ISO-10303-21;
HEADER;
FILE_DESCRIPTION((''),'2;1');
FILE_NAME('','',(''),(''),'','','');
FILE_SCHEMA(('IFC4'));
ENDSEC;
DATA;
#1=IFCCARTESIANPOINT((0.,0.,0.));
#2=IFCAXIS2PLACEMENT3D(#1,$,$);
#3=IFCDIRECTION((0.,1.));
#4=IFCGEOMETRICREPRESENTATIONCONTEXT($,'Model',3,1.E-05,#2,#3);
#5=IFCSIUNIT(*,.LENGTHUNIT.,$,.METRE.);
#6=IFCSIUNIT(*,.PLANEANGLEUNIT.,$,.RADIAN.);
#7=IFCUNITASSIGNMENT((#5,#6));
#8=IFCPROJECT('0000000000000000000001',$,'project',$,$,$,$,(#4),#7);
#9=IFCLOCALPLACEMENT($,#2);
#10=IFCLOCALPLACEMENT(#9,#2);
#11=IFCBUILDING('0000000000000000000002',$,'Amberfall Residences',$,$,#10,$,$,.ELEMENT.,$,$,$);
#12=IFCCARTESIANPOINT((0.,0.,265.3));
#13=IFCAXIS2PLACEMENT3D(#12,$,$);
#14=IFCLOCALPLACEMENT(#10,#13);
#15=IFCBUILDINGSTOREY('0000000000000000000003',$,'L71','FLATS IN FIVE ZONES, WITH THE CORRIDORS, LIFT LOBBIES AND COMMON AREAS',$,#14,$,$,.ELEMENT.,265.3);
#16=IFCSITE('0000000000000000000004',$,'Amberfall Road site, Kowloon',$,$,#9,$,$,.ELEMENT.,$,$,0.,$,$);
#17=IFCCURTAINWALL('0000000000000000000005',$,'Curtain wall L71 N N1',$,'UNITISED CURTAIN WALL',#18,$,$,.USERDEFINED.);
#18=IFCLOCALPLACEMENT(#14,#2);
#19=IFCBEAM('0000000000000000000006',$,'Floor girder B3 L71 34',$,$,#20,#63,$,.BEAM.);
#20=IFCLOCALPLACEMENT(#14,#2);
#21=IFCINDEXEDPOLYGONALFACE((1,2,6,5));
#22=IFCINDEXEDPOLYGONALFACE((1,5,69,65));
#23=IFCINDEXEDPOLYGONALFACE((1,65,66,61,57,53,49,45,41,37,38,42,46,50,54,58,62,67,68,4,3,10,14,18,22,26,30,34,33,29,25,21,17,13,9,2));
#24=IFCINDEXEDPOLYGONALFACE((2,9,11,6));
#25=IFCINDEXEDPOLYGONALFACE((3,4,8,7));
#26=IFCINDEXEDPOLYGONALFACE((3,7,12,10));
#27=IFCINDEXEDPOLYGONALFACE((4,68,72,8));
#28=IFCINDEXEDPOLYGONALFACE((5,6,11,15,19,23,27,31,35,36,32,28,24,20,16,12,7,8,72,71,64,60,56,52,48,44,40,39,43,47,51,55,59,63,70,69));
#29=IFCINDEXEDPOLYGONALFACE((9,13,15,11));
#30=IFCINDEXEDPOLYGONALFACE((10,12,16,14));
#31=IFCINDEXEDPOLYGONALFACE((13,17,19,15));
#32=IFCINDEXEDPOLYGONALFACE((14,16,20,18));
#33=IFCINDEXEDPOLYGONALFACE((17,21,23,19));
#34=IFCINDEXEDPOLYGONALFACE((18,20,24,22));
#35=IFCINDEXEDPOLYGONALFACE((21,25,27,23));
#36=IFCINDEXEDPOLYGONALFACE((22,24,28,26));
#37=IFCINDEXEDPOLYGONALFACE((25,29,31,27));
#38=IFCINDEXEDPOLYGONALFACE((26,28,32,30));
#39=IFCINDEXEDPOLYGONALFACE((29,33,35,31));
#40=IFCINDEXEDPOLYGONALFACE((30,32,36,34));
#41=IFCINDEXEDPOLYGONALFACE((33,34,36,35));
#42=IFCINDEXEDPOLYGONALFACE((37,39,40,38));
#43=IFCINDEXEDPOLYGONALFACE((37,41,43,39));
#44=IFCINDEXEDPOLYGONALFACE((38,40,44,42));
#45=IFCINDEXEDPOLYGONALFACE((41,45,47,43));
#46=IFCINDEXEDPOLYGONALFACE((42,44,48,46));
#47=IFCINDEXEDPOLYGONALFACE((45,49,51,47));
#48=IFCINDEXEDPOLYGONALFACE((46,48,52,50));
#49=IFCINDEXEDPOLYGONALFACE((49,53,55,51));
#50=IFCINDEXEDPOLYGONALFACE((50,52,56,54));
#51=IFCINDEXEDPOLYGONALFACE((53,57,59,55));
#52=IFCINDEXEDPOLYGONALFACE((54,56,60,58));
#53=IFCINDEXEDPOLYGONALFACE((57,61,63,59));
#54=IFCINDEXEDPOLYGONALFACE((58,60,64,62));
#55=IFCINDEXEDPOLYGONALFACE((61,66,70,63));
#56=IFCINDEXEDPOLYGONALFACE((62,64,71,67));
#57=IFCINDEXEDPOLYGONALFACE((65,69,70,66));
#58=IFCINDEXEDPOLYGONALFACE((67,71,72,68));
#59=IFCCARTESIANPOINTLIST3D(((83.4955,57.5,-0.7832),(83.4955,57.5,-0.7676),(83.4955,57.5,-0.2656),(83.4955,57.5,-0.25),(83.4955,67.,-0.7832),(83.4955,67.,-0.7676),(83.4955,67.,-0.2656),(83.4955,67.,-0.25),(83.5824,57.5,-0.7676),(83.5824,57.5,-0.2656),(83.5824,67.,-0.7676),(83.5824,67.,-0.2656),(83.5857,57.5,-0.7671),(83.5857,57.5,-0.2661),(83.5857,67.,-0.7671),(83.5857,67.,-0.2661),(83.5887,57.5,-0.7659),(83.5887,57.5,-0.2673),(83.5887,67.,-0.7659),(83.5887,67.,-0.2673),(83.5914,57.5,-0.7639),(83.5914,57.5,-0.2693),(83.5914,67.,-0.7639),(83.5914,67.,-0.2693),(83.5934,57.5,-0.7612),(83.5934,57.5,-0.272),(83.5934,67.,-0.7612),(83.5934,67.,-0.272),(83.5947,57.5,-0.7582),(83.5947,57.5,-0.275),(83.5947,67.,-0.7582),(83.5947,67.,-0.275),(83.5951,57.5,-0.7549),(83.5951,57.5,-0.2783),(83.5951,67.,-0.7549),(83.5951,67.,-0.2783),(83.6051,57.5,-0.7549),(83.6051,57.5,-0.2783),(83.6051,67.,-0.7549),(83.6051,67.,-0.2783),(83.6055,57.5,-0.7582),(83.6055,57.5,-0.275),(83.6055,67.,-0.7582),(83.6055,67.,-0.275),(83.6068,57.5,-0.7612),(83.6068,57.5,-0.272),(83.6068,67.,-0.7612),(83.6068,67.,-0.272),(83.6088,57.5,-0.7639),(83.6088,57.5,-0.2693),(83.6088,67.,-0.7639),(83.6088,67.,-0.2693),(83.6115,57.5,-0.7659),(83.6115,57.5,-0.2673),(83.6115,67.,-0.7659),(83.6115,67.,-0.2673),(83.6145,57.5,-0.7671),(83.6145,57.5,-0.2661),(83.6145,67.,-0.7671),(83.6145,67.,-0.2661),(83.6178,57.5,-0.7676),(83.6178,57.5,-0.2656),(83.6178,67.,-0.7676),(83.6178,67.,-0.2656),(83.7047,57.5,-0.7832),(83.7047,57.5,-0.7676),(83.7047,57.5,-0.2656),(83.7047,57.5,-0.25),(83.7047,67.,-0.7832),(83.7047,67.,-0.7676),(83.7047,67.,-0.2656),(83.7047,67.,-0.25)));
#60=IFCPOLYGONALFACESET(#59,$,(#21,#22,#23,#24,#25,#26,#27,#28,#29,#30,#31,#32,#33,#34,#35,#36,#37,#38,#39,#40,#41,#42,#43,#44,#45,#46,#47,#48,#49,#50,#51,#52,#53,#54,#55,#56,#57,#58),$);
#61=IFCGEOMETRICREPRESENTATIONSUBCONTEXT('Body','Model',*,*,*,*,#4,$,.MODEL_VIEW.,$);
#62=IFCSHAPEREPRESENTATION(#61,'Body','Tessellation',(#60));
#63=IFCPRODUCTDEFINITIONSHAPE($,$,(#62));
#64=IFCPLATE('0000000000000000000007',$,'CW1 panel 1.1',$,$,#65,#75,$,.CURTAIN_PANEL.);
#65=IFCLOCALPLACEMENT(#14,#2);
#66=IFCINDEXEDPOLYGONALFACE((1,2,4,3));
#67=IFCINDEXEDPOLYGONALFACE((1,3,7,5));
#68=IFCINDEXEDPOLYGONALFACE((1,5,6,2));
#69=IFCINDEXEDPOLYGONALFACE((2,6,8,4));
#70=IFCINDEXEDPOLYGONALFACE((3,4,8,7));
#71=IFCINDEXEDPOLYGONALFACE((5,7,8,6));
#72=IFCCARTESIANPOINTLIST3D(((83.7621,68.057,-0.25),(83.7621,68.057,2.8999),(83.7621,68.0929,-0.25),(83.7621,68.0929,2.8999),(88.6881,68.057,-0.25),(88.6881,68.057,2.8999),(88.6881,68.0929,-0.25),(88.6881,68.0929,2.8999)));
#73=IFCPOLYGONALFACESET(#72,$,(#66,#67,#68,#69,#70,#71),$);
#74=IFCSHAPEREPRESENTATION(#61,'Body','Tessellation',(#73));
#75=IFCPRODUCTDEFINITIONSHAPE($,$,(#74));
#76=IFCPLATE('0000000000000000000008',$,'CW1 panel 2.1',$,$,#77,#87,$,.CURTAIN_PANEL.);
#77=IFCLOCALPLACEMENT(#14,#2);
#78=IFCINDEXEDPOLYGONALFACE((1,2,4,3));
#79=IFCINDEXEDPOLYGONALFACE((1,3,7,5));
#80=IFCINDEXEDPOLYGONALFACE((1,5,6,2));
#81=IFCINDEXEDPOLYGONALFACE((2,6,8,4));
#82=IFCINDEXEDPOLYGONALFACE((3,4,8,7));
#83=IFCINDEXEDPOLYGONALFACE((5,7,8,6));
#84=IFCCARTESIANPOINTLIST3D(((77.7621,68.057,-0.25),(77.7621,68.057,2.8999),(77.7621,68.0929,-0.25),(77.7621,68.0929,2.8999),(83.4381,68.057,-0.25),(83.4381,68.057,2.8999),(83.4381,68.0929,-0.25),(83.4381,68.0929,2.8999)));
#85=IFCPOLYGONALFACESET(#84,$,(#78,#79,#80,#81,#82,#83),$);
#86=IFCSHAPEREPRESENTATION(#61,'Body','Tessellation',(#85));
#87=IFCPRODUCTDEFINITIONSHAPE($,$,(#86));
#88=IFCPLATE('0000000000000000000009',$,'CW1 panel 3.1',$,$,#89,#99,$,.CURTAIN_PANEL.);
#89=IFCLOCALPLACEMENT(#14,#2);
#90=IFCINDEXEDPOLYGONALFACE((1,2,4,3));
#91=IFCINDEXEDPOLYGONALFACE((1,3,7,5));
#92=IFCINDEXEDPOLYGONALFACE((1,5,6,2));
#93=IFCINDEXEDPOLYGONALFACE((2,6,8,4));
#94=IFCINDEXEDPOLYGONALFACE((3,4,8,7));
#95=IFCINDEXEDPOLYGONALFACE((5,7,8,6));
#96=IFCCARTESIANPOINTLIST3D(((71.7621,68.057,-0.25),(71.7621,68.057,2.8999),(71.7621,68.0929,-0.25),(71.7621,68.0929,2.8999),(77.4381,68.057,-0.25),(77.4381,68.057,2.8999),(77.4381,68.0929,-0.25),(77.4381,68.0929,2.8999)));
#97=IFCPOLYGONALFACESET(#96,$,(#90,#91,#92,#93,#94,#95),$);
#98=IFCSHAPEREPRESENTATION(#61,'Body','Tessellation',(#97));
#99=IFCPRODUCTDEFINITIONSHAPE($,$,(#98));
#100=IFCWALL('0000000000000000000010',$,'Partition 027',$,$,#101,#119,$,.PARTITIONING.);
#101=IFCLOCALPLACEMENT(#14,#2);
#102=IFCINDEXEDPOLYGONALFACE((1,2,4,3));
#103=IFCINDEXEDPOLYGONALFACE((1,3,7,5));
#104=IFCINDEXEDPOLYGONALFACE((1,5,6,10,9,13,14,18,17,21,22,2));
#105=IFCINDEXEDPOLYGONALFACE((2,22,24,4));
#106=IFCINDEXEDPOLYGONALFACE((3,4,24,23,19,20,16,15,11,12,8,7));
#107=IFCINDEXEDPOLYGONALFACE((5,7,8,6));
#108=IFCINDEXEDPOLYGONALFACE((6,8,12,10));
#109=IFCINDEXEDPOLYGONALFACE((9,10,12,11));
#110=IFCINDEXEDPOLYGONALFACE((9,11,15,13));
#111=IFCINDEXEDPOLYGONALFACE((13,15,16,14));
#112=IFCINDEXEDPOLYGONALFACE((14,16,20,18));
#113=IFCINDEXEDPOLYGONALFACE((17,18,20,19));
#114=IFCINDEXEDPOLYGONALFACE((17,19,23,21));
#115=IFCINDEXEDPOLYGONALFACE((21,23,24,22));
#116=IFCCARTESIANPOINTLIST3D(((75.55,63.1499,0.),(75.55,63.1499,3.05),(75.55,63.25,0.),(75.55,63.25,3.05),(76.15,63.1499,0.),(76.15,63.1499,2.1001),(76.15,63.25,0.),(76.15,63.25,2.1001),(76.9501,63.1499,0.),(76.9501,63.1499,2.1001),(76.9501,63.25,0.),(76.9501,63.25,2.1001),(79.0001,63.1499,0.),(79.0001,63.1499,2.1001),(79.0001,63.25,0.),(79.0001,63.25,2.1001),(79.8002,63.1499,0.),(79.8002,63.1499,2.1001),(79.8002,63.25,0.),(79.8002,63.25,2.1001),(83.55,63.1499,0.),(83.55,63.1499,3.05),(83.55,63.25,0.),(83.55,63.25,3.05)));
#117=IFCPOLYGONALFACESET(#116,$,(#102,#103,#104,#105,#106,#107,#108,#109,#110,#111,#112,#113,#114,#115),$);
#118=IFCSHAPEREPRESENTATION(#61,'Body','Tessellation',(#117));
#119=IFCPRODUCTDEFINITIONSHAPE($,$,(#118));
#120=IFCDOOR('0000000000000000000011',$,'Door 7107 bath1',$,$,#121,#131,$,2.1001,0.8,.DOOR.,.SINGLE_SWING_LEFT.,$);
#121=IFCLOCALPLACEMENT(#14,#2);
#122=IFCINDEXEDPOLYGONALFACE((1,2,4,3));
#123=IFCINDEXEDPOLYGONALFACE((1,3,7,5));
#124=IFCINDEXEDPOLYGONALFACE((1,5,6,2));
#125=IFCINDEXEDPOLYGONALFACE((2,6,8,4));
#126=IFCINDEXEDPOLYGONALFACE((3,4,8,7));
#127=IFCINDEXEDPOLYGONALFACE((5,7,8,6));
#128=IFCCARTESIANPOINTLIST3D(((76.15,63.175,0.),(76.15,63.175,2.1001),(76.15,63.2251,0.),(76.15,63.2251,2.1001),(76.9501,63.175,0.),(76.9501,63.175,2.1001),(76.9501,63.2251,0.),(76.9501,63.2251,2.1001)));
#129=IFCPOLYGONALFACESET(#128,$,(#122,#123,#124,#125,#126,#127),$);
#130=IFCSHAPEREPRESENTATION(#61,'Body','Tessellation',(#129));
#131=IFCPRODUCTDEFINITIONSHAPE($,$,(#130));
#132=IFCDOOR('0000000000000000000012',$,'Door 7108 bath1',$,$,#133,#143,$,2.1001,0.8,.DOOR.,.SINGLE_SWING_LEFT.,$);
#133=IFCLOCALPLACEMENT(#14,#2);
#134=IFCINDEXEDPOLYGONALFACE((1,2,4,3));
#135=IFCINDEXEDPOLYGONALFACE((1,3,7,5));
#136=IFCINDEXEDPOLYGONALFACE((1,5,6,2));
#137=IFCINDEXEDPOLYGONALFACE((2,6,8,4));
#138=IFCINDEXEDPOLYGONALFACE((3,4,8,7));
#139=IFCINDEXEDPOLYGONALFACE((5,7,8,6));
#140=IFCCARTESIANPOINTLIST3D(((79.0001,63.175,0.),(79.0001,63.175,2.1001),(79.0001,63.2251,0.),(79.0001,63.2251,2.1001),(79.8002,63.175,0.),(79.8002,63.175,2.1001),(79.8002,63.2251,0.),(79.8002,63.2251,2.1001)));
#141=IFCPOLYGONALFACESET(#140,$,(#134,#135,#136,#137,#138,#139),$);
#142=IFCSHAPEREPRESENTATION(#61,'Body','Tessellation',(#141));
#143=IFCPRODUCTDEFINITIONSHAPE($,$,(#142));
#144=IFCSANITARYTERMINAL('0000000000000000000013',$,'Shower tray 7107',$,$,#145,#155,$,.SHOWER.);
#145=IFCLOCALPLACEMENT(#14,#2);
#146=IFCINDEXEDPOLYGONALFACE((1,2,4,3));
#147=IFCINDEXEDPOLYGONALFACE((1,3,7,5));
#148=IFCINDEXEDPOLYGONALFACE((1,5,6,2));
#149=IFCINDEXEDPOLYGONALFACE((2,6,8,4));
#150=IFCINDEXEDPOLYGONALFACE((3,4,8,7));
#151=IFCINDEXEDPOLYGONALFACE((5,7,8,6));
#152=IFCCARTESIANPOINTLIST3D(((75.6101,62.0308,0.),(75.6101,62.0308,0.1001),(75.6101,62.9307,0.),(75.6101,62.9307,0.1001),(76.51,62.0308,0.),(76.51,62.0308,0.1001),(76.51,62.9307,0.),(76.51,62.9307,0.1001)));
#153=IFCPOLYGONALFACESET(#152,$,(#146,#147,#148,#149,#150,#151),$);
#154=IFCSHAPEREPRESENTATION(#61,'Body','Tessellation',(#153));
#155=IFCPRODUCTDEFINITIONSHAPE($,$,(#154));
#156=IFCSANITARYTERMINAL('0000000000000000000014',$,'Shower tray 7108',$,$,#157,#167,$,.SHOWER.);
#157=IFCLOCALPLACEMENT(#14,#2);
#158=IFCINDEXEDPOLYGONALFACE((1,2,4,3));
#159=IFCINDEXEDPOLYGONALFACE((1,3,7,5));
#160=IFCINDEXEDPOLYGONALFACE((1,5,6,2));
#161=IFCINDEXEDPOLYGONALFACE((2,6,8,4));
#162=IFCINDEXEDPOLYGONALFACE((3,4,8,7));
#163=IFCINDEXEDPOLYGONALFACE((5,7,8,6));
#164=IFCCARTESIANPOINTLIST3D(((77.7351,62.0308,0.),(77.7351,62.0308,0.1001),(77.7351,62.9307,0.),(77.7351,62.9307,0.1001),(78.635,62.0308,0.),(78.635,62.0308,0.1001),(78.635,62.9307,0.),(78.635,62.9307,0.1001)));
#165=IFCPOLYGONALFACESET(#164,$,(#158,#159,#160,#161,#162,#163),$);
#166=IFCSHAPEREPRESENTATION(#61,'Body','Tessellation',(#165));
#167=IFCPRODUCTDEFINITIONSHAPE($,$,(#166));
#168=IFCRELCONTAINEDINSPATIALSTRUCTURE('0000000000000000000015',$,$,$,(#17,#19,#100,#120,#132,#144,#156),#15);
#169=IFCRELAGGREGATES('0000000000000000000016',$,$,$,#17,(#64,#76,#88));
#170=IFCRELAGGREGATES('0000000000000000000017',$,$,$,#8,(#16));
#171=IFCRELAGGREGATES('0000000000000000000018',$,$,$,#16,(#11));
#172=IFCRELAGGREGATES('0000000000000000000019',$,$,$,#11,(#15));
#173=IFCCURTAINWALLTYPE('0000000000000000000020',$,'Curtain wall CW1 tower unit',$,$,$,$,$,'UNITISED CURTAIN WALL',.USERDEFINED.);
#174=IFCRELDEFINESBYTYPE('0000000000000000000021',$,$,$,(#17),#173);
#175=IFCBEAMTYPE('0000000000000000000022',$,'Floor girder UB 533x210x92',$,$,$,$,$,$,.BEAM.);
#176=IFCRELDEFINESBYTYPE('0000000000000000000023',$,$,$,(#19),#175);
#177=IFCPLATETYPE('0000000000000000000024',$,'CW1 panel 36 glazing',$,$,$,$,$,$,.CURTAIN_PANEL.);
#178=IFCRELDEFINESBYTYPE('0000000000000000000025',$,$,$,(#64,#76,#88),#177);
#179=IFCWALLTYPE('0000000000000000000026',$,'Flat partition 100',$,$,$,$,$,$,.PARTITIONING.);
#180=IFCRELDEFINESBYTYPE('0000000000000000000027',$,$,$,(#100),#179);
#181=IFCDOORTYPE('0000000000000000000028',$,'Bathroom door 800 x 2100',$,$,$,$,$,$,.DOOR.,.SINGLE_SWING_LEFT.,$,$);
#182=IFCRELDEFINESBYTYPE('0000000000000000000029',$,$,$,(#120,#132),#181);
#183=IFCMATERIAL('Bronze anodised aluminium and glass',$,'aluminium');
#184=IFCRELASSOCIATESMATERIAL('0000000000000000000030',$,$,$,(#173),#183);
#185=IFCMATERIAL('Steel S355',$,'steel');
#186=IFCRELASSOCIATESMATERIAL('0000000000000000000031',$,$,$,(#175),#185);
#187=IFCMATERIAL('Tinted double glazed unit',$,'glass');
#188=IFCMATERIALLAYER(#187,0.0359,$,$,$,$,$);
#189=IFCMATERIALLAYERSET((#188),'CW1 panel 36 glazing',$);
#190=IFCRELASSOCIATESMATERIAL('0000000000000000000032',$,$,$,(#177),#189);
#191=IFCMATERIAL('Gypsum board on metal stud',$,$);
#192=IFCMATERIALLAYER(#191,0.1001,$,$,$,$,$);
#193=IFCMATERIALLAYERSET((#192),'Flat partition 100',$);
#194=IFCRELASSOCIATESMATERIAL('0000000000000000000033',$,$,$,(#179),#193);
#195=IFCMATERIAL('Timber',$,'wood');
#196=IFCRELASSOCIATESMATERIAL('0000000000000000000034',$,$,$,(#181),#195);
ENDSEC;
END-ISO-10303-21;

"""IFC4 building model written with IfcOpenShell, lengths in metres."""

from ifc_helpers import new_model, si_unit, direction, frame, frame_2d, origin, origin_2d, place, context, subcontext, project, spatial, rectangle, i_section, extrude, material, layer, layer_set, material_profile, profile_set, type_object, element, fill, aggregate, save


model = new_model("IFC4")

# Units and contexts
model_context = context("Model", 3, precision=1e-05, world=origin(), true_north=direction((0.0, 1.0)))
body_context = subcontext(model_context, "Body", "Model", "MODEL_VIEW")
ifc_project = project(units=[si_unit("LENGTHUNIT", "METRE"), si_unit("PLANEANGLEUNIT", "RADIAN")], contexts=[model_context])

# Site, building, storey
site_placement = place(None, origin())
site = spatial("IfcSite", under=ifc_project, at=site_placement, Name="Amberfall Road site, Kowloon", CompositionType="ELEMENT", RefElevation=0.0)
building_placement = place(site_placement, origin())
building = spatial("IfcBuilding", under=site, at=building_placement, Name="Amberfall Residences", CompositionType="ELEMENT")
storey_placement = place(building_placement, frame((0.0, 0.0, 265.3)))
storey = spatial("IfcBuildingStorey", under=building, at=storey_placement, Name="L71", Description="FLATS IN FIVE ZONES, WITH THE CORRIDORS, LIFT LOBBIES AND COMMON AREAS", CompositionType="ELEMENT", Elevation=265.3)

# Curtain wall
ifc_material_1 = material(Name="Bronze anodised aluminium and glass", Category="aluminium")
curtain_wall_type = type_object("IfcCurtainWallType", Name="Curtain wall CW1 tower unit", ElementType="UNITISED CURTAIN WALL", PredefinedType="USERDEFINED", material=ifc_material_1)
curtain_wall_placement = place(storey_placement, origin())
curtain_wall = element("IfcCurtainWall", 1, at=curtain_wall_placement, inside=storey, type_object=curtain_wall_type, Name="Curtain wall L71 N N1", ObjectType="UNITISED CURTAIN WALL", PredefinedType="USERDEFINED")

# Shared definitions
ifc_material_2 = material(Name="Steel S355", Category="steel")

# Beam
ifc_material_profile_1 = material_profile(ifc_material_2, i_section(OverallWidth=0.2092, OverallDepth=0.5332, WebThickness=0.01, FlangeThickness=0.0156, FilletRadius=0.0127, at=origin_2d()), Name="UB 533x210x92")
ifc_profile_set_1 = profile_set([ifc_material_profile_1], Name="Steel S355")
beam_type_1 = type_object("IfcBeamType", Name="Floor girder UB 533x210x92", PredefinedType="BEAM", material=ifc_profile_set_1)
for number, where, z_axis, x_axis, name in (
    (2, (83.6001, 67.0, -0.5166), (0.0, -1.0, 0.0), (1.0, 0.0, 0.0), "Floor girder B3 L71 34"),
):
    element("IfcBeam", number, at=place(storey_placement, frame(where, z_axis=z_axis, x_axis=x_axis)), inside=storey, type_object=beam_type_1, Name=name, PredefinedType="BEAM", context=body_context, shape_type="SweptSolid", body=[
        extrude(i_section(OverallWidth=0.2092, OverallDepth=0.5332, WebThickness=0.01, FlangeThickness=0.0156, FilletRadius=0.0127, at=origin_2d()), origin(), (0.0, 0.0, 1.0), 9.5),
    ])

# Plates
ifc_material_3 = material(Name="Tinted double glazed unit", Category="glass")
ifc_layer_1 = layer(ifc_material_3, 0.0359)
ifc_layer_set_1 = layer_set([ifc_layer_1], Name="CW1 panel 36 glazing")
plate_type = type_object("IfcPlateType", Name="CW1 panel 36 glazing", PredefinedType="CURTAIN_PANEL", material=ifc_layer_set_1)
plate_1_placement = place(storey_placement, frame((86.2251, 68.075, -0.25), z_axis=(0.0, 0.0, 1.0), x_axis=(-1.0, 0.0, 0.0)))
plate_1 = element("IfcPlate", 3, at=plate_1_placement, type_object=plate_type, Name="CW1 panel 1.1", PredefinedType="CURTAIN_PANEL", context=body_context, shape_type="SweptSolid", body=[
    extrude(rectangle(XDim=4.926, YDim=0.0359, at=origin_2d()), origin(), (0.0, 0.0, 1.0), 3.1499),
])
plate_2_placement = place(storey_placement, frame((80.6001, 68.075, -0.25), z_axis=(0.0, 0.0, 1.0), x_axis=(-1.0, 0.0, 0.0)))
plate_2 = element("IfcPlate", 4, at=plate_2_placement, type_object=plate_type, Name="CW1 panel 2.1", PredefinedType="CURTAIN_PANEL", context=body_context, shape_type="SweptSolid", body=[
    extrude(rectangle(XDim=5.676, YDim=0.0359, at=origin_2d()), origin(), (0.0, 0.0, 1.0), 3.1499),
])
plate_3_placement = place(storey_placement, frame((74.6001, 68.075, -0.25), z_axis=(0.0, 0.0, 1.0), x_axis=(-1.0, 0.0, 0.0)))
plate_3 = element("IfcPlate", 5, at=plate_3_placement, type_object=plate_type, Name="CW1 panel 3.1", PredefinedType="CURTAIN_PANEL", context=body_context, shape_type="SweptSolid", body=[
    extrude(rectangle(XDim=5.676, YDim=0.0359, at=origin_2d()), origin(), (0.0, 0.0, 1.0), 3.1499),
])
aggregate(curtain_wall, [plate_1, plate_2, plate_3])

# Wall, openings, doors
ifc_material_4 = material(Name="Gypsum board on metal stud")
ifc_layer_2 = layer(ifc_material_4, 0.1001)
ifc_layer_set_2 = layer_set([ifc_layer_2], Name="Flat partition 100")
wall_type = type_object("IfcWallType", Name="Flat partition 100", PredefinedType="PARTITIONING", material=ifc_layer_set_2)
wall_placement = place(storey_placement, frame((83.55, 63.2, 0.0), z_axis=(0.0, 0.0, 1.0), x_axis=(-1.0, 0.0, 0.0)))
wall = element("IfcWall", 6, at=wall_placement, inside=storey, type_object=wall_type, Name="Partition 027", PredefinedType="PARTITIONING", context=body_context, shape_type="SweptSolid", body=[
    extrude(rectangle(XDim=8.0, YDim=0.1001, at=frame_2d((4.0, 0.0))), origin(), (0.0, 0.0, 1.0), 3.05),
])
opening_1_placement = place(wall_placement, frame((6.6001, 0.0, 0.0)))
opening_1 = element("IfcOpeningElement", 7, at=opening_1_placement, cuts=wall, PredefinedType="OPENING", context=body_context, shape_type="SweptSolid", body=[
    extrude(rectangle(XDim=0.8, YDim=2.1001, at=frame_2d((0.3999, 1.05))), frame((0.0, 0.0601, 0.0), z_axis=(0.0, -1.0, 0.0), x_axis=(1.0, 0.0, 0.0)), (0.0, 0.0, 1.0), 0.1201),
])
opening_2_placement = place(wall_placement, frame((3.75, 0.0, 0.0)))
opening_2 = element("IfcOpeningElement", 8, at=opening_2_placement, cuts=wall, PredefinedType="OPENING", context=body_context, shape_type="SweptSolid", body=[
    extrude(rectangle(XDim=0.8, YDim=2.1001, at=frame_2d((0.3999, 1.05))), frame((0.0, 0.0601, 0.0), z_axis=(0.0, -1.0, 0.0), x_axis=(1.0, 0.0, 0.0)), (0.0, 0.0, 1.0), 0.1201),
])
ifc_material_5 = material(Name="Timber", Category="wood")
door_type = type_object("IfcDoorType", Name="Bathroom door 800 x 2100", OperationType="SINGLE_SWING_LEFT", PredefinedType="DOOR", material=ifc_material_5)
door_1_placement = place(opening_1_placement, origin())
door_1 = element("IfcDoor", 9, at=door_1_placement, inside=storey, type_object=door_type, Name="Door 7107 bath1", OperationType="SINGLE_SWING_LEFT", OverallHeight=2.1001, OverallWidth=0.8, PredefinedType="DOOR", context=body_context, shape_type="SweptSolid", body=[
    extrude(rectangle(XDim=0.8, YDim=2.1001, at=frame_2d((0.3999, 1.05))), frame((0.0, 0.0249, 0.0), z_axis=(0.0, -1.0, 0.0), x_axis=(1.0, 0.0, 0.0)), (0.0, 0.0, 1.0), 0.05),
])
fill(opening_1, door_1)
door_2_placement = place(opening_2_placement, origin())
door_2 = element("IfcDoor", 10, at=door_2_placement, inside=storey, type_object=door_type, Name="Door 7108 bath1", OperationType="SINGLE_SWING_LEFT", OverallHeight=2.1001, OverallWidth=0.8, PredefinedType="DOOR", context=body_context, shape_type="SweptSolid", body=[
    extrude(rectangle(XDim=0.8, YDim=2.1001, at=frame_2d((0.3999, 1.05))), frame((0.0, 0.0249, 0.0), z_axis=(0.0, -1.0, 0.0), x_axis=(1.0, 0.0, 0.0)), (0.0, 0.0, 1.0), 0.05),
])
fill(opening_2, door_2)

# Sanitary terminals
for number, where, z_axis, x_axis, name in (
    (11, (76.0601, 62.4807, 0.0), (0.0, 0.0, 1.0), (1.0, 0.0, 0.0), "Shower tray 7107"),
    (12, (78.1851, 62.4807, 0.0), (0.0, 0.0, 1.0), (1.0, 0.0, 0.0), "Shower tray 7108"),
):
    element("IfcSanitaryTerminal", number, at=place(storey_placement, frame(where, z_axis=z_axis, x_axis=x_axis)), inside=storey, Name=name, PredefinedType="SHOWER", context=body_context, shape_type="SweptSolid", body=[
        extrude(rectangle(XDim=0.8999, YDim=0.8999, at=origin_2d()), origin(), (0.0, 0.0, 1.0), 0.1001),
    ])

save(model, "model.ifc")
